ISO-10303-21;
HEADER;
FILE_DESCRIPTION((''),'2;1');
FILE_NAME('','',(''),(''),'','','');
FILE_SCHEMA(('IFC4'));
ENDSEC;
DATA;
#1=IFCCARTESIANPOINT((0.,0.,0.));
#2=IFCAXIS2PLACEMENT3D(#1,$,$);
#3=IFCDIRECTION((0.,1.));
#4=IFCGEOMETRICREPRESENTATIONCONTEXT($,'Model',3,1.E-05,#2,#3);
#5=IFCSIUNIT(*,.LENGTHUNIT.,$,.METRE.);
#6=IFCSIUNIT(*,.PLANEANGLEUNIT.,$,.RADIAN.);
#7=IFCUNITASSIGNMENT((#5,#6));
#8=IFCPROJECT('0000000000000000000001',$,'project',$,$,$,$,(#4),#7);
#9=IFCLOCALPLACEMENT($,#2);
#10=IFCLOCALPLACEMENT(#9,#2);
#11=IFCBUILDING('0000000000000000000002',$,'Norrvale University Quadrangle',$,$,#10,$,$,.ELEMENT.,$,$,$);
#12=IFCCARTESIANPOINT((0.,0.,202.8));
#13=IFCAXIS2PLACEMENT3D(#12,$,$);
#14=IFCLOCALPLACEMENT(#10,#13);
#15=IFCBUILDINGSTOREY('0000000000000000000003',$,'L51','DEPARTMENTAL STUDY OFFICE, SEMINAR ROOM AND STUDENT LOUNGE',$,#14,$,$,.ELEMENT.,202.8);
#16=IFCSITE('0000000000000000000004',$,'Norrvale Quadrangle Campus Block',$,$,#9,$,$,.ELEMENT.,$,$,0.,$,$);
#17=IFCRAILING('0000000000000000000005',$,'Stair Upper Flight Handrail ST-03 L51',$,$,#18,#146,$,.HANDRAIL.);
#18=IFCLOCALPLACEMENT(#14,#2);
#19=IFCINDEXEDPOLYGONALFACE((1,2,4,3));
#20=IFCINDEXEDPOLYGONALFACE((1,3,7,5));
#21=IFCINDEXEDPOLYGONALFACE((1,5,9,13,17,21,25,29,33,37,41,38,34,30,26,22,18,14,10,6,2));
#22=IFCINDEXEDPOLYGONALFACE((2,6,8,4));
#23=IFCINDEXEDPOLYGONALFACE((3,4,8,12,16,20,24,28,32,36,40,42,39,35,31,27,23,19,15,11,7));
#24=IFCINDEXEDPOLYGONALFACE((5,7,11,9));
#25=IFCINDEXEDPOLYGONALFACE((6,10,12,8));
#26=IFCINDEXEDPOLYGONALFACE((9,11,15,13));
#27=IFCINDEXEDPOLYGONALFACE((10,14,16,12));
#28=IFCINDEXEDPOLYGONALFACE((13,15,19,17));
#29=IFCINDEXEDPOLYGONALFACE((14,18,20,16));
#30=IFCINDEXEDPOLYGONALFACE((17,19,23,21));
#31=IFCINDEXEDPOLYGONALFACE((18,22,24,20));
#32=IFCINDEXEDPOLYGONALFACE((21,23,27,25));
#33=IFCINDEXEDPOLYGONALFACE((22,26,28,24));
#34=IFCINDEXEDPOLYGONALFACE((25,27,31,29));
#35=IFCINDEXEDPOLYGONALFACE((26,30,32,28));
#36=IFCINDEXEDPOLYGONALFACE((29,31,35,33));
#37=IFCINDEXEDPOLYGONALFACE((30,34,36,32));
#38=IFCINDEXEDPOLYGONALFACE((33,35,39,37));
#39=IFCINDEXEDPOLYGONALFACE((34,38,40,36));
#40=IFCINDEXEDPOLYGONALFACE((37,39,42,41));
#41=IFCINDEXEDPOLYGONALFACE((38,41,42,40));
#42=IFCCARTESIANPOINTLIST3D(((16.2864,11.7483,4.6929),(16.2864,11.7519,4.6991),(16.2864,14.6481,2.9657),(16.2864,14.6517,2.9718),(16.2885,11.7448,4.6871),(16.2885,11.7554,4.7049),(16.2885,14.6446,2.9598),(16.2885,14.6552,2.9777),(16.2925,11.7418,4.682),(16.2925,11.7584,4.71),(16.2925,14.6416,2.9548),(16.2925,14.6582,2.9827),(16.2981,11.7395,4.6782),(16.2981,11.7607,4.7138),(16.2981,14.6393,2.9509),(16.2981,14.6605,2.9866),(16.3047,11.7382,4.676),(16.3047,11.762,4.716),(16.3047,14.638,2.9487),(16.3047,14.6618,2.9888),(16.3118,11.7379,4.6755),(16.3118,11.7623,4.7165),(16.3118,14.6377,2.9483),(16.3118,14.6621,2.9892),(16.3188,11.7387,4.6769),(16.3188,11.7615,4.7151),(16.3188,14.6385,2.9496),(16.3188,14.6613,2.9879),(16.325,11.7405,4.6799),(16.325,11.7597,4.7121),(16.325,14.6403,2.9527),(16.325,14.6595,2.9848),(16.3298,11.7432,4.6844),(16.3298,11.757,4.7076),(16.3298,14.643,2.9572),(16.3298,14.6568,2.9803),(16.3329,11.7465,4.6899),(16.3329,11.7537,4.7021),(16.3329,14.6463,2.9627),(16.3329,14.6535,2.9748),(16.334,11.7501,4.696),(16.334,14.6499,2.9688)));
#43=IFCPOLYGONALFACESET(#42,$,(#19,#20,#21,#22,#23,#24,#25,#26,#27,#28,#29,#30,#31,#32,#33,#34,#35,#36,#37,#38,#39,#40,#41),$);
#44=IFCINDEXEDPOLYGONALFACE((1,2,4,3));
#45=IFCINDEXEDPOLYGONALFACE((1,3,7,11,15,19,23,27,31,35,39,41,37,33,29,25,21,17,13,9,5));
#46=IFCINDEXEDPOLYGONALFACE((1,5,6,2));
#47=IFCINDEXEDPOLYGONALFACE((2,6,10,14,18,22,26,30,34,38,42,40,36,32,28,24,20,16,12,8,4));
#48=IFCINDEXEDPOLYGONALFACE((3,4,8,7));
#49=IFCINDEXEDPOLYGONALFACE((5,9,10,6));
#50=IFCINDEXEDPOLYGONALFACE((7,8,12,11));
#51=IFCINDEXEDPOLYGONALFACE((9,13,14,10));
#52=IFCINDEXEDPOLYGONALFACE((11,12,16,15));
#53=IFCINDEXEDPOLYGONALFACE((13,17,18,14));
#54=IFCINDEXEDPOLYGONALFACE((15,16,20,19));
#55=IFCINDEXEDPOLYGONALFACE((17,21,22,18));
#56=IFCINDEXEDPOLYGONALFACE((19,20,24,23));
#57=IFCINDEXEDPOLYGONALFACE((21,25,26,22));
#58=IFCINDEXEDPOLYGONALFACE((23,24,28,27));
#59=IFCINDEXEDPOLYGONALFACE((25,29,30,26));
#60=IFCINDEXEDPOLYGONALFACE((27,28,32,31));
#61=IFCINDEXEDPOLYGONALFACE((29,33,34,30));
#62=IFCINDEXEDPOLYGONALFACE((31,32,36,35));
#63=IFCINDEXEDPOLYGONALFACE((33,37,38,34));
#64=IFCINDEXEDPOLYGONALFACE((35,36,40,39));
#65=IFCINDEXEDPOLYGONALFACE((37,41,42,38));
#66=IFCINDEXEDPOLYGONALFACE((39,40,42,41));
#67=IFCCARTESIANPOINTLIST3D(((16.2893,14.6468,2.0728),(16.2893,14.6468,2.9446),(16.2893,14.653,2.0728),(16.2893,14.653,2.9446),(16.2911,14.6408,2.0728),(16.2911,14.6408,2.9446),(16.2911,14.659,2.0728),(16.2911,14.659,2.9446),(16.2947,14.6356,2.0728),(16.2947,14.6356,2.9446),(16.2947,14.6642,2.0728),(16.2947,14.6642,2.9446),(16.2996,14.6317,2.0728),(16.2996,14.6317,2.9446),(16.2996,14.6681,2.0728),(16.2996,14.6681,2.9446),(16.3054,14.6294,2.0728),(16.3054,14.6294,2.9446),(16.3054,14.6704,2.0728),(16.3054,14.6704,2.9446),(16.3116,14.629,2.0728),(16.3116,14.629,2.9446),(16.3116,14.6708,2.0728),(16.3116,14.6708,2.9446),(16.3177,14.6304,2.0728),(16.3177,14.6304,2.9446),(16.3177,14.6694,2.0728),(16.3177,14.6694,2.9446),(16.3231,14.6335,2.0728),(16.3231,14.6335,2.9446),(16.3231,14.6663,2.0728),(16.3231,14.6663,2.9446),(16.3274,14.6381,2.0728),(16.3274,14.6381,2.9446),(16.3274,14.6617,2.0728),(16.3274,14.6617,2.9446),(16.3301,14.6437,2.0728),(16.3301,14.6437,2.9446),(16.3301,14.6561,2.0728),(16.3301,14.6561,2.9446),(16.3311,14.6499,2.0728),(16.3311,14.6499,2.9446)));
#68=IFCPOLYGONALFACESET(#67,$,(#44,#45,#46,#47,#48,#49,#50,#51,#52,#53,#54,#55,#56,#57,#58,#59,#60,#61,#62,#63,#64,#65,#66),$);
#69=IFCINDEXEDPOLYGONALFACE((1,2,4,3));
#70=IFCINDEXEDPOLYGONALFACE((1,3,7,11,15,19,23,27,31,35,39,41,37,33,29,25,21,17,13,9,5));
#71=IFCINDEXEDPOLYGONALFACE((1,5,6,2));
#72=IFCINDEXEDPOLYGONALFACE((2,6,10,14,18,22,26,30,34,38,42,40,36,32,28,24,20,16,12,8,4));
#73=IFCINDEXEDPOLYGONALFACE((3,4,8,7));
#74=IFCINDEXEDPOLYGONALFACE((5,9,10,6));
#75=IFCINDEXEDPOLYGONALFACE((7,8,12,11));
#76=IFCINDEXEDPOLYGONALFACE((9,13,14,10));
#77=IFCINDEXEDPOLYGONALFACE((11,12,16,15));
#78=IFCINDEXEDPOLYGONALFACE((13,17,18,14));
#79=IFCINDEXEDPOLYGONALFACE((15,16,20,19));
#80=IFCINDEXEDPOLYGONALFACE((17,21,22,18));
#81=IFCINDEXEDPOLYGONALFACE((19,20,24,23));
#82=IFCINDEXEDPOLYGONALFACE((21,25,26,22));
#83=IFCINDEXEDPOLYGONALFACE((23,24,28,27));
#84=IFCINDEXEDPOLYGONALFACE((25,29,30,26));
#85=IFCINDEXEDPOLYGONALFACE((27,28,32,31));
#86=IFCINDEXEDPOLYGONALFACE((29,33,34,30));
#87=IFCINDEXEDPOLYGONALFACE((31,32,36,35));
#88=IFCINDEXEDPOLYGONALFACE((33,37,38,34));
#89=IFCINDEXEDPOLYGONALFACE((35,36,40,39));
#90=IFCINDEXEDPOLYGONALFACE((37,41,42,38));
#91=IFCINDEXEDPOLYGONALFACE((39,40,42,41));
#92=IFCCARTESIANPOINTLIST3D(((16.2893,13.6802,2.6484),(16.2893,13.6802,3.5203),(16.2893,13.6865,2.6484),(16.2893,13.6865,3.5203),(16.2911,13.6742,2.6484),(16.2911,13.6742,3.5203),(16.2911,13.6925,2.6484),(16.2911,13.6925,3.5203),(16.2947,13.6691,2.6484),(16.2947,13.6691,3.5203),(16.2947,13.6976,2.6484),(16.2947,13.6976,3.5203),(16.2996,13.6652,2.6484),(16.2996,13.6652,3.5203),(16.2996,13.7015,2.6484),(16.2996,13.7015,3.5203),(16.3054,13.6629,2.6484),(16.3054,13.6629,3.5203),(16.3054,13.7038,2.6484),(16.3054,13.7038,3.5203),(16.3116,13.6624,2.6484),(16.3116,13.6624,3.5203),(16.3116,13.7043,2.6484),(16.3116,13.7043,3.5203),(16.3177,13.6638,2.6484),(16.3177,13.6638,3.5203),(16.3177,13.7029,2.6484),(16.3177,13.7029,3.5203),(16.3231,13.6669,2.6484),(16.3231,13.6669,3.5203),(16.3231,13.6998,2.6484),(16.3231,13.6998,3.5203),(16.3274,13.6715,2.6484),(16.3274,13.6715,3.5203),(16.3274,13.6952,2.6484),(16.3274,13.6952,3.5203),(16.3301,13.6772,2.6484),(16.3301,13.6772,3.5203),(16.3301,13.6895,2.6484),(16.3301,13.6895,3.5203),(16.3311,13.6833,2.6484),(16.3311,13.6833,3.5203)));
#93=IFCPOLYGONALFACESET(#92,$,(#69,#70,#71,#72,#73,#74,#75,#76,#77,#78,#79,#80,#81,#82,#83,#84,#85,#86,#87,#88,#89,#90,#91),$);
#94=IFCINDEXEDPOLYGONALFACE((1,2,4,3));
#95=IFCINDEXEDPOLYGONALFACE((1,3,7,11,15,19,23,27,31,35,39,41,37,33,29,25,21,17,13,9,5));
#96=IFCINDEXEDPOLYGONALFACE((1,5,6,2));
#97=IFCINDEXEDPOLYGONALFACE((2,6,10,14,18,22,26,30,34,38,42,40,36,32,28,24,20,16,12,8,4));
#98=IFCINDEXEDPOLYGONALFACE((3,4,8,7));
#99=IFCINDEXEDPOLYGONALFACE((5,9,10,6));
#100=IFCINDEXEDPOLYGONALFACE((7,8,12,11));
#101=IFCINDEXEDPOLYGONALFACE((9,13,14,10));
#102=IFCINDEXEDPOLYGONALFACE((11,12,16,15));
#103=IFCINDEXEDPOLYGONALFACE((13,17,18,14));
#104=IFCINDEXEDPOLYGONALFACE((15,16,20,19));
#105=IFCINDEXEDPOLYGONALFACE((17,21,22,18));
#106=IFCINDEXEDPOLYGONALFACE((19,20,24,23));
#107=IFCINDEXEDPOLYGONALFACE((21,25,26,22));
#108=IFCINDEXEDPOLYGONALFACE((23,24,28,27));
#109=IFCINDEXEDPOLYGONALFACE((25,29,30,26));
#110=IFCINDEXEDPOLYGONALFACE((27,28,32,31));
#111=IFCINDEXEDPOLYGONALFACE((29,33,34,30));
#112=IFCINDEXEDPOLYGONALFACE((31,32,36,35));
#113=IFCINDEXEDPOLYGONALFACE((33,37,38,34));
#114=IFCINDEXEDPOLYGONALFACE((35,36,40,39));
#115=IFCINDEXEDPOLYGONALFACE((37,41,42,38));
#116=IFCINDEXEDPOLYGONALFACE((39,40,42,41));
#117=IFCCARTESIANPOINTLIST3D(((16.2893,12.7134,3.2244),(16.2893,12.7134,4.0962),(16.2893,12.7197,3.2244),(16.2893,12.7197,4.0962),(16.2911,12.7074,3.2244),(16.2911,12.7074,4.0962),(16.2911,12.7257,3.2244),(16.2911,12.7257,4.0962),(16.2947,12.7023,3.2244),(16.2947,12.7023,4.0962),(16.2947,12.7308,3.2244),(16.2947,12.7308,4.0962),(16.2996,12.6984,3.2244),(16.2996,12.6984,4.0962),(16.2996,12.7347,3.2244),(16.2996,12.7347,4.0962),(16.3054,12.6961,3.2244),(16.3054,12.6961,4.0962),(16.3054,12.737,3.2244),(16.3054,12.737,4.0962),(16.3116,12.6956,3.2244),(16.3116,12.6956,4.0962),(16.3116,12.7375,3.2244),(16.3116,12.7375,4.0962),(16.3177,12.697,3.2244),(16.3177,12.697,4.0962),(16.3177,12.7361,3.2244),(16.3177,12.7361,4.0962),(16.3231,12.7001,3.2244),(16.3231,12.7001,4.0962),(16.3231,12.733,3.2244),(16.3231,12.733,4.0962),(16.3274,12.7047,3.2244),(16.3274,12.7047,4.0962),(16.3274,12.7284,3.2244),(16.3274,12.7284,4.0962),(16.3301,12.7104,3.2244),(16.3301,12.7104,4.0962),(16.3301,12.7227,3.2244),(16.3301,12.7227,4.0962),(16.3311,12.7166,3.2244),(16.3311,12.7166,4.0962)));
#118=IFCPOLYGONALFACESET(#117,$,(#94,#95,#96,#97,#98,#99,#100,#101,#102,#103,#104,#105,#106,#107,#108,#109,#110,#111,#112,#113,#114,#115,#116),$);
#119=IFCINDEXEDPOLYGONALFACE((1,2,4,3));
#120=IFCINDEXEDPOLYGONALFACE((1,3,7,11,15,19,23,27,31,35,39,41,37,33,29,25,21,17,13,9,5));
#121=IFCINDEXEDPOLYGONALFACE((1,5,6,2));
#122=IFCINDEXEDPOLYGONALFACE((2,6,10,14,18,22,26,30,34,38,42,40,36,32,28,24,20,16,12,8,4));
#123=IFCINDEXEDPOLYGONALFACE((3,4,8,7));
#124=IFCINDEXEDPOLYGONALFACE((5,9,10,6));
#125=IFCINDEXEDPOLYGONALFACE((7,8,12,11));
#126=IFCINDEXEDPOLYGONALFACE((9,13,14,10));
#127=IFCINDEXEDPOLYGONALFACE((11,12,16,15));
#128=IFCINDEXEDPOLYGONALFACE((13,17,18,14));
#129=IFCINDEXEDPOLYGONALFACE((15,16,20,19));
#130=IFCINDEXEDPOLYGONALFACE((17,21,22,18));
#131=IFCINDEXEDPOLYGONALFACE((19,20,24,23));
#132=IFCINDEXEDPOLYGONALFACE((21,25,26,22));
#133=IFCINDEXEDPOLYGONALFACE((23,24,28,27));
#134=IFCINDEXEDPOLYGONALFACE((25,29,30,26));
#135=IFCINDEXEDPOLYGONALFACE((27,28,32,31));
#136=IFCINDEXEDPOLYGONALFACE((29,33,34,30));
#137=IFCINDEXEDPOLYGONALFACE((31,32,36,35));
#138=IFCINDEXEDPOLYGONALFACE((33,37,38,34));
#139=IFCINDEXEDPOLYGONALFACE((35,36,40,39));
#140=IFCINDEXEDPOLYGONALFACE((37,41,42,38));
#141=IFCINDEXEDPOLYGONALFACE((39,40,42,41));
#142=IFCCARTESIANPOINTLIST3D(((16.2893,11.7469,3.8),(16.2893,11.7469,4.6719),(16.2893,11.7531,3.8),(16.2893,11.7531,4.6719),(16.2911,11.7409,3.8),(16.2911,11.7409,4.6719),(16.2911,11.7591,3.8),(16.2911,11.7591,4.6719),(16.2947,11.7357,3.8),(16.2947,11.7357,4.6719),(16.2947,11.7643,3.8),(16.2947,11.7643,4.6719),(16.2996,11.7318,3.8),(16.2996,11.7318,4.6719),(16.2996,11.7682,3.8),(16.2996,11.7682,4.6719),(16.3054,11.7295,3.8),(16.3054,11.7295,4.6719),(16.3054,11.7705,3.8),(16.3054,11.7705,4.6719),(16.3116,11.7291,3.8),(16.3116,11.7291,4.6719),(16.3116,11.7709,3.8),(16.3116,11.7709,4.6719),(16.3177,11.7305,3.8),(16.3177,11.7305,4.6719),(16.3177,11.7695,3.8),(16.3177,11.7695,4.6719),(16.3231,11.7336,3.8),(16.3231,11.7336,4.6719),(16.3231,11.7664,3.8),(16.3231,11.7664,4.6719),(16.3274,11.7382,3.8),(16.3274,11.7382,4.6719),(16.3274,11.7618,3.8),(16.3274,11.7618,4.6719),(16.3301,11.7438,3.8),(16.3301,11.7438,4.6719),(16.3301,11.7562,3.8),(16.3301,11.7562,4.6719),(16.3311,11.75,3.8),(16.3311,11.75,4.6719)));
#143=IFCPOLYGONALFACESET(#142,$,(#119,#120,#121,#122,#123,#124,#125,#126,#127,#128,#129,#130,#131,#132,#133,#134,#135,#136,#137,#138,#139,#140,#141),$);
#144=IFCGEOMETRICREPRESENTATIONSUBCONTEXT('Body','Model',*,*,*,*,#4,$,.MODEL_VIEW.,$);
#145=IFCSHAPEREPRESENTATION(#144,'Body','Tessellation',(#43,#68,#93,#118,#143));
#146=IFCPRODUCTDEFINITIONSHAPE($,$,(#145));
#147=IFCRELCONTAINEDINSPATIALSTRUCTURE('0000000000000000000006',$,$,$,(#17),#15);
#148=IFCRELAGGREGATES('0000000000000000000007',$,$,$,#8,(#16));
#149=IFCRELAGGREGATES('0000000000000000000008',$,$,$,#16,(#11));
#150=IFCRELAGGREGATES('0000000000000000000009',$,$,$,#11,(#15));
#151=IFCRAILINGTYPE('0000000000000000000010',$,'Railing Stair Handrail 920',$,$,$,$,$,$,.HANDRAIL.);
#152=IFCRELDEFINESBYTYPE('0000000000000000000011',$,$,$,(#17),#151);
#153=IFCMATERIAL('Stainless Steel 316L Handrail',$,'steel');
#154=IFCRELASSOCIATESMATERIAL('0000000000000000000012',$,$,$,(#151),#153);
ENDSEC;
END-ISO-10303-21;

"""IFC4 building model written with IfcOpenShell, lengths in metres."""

from ifc_helpers import new_model, si_unit, direction, frame, origin, origin_2d, place, context, subcontext, project, spatial, circle, extrude, material, type_object, element, save


model = new_model("IFC4")

# Units and contexts
model_context = context("Model", 3, precision=1e-05, world=origin(), true_north=direction((0.0, 1.0)))
body_context = subcontext(model_context, "Body", "Model", "MODEL_VIEW")
ifc_project = project(units=[si_unit("LENGTHUNIT", "METRE"), si_unit("PLANEANGLEUNIT", "RADIAN")], contexts=[model_context])

# Site, building, storey
site_placement = place(None, origin())
site = spatial("IfcSite", under=ifc_project, at=site_placement, Name="Norrvale Quadrangle Campus Block", CompositionType="ELEMENT", RefElevation=0.0)
building_placement = place(site_placement, origin())
building = spatial("IfcBuilding", under=site, at=building_placement, Name="Norrvale University Quadrangle", CompositionType="ELEMENT")
storey_placement = place(building_placement, frame((0.0, 0.0, 202.8)))
storey = spatial("IfcBuildingStorey", under=building, at=storey_placement, Name="L51", Description="DEPARTMENTAL STUDY OFFICE, SEMINAR ROOM AND STUDENT LOUNGE", CompositionType="ELEMENT", Elevation=202.8)

# Railing
ifc_material_1 = material(Name="Stainless Steel 316L Handrail", Category="steel")
railing_type_1 = type_object("IfcRailingType", Name="Railing Stair Handrail 920", PredefinedType="HANDRAIL", material=ifc_material_1)
railing_1_placement = place(storey_placement, frame((16.3101, 14.6499, 2.0728)))
element("IfcRailing", 1, at=railing_1_placement, inside=storey, type_object=railing_type_1, Name="Stair Upper Flight Handrail ST-03 L51", PredefinedType="HANDRAIL", context=body_context, shape_type="SweptSolid", body=[
    extrude(circle(Radius=0.0239, at=origin_2d()), frame((0.0, 0.0, 0.896), z_axis=(0.0, -0.859141, 0.511738), x_axis=(1.0, 0.0, 0.0)), (0.0, 0.0, 1.0), 3.3752),
    extrude(circle(Radius=0.021, at=origin_2d()), origin(), (0.0, 0.0, 1.0), 0.8718),
    extrude(circle(Radius=0.021, at=origin_2d()), frame((0.0, -0.9666, 0.5757)), (0.0, 0.0, 1.0), 0.8718),
    extrude(circle(Radius=0.021, at=origin_2d()), frame((0.0, -1.9333, 1.1516)), (0.0, 0.0, 1.0), 0.8718),
    extrude(circle(Radius=0.021, at=origin_2d()), frame((0.0, -2.8999, 1.7273)), (0.0, 0.0, 1.0), 0.8718),
])

save(model, "model.ifc")
